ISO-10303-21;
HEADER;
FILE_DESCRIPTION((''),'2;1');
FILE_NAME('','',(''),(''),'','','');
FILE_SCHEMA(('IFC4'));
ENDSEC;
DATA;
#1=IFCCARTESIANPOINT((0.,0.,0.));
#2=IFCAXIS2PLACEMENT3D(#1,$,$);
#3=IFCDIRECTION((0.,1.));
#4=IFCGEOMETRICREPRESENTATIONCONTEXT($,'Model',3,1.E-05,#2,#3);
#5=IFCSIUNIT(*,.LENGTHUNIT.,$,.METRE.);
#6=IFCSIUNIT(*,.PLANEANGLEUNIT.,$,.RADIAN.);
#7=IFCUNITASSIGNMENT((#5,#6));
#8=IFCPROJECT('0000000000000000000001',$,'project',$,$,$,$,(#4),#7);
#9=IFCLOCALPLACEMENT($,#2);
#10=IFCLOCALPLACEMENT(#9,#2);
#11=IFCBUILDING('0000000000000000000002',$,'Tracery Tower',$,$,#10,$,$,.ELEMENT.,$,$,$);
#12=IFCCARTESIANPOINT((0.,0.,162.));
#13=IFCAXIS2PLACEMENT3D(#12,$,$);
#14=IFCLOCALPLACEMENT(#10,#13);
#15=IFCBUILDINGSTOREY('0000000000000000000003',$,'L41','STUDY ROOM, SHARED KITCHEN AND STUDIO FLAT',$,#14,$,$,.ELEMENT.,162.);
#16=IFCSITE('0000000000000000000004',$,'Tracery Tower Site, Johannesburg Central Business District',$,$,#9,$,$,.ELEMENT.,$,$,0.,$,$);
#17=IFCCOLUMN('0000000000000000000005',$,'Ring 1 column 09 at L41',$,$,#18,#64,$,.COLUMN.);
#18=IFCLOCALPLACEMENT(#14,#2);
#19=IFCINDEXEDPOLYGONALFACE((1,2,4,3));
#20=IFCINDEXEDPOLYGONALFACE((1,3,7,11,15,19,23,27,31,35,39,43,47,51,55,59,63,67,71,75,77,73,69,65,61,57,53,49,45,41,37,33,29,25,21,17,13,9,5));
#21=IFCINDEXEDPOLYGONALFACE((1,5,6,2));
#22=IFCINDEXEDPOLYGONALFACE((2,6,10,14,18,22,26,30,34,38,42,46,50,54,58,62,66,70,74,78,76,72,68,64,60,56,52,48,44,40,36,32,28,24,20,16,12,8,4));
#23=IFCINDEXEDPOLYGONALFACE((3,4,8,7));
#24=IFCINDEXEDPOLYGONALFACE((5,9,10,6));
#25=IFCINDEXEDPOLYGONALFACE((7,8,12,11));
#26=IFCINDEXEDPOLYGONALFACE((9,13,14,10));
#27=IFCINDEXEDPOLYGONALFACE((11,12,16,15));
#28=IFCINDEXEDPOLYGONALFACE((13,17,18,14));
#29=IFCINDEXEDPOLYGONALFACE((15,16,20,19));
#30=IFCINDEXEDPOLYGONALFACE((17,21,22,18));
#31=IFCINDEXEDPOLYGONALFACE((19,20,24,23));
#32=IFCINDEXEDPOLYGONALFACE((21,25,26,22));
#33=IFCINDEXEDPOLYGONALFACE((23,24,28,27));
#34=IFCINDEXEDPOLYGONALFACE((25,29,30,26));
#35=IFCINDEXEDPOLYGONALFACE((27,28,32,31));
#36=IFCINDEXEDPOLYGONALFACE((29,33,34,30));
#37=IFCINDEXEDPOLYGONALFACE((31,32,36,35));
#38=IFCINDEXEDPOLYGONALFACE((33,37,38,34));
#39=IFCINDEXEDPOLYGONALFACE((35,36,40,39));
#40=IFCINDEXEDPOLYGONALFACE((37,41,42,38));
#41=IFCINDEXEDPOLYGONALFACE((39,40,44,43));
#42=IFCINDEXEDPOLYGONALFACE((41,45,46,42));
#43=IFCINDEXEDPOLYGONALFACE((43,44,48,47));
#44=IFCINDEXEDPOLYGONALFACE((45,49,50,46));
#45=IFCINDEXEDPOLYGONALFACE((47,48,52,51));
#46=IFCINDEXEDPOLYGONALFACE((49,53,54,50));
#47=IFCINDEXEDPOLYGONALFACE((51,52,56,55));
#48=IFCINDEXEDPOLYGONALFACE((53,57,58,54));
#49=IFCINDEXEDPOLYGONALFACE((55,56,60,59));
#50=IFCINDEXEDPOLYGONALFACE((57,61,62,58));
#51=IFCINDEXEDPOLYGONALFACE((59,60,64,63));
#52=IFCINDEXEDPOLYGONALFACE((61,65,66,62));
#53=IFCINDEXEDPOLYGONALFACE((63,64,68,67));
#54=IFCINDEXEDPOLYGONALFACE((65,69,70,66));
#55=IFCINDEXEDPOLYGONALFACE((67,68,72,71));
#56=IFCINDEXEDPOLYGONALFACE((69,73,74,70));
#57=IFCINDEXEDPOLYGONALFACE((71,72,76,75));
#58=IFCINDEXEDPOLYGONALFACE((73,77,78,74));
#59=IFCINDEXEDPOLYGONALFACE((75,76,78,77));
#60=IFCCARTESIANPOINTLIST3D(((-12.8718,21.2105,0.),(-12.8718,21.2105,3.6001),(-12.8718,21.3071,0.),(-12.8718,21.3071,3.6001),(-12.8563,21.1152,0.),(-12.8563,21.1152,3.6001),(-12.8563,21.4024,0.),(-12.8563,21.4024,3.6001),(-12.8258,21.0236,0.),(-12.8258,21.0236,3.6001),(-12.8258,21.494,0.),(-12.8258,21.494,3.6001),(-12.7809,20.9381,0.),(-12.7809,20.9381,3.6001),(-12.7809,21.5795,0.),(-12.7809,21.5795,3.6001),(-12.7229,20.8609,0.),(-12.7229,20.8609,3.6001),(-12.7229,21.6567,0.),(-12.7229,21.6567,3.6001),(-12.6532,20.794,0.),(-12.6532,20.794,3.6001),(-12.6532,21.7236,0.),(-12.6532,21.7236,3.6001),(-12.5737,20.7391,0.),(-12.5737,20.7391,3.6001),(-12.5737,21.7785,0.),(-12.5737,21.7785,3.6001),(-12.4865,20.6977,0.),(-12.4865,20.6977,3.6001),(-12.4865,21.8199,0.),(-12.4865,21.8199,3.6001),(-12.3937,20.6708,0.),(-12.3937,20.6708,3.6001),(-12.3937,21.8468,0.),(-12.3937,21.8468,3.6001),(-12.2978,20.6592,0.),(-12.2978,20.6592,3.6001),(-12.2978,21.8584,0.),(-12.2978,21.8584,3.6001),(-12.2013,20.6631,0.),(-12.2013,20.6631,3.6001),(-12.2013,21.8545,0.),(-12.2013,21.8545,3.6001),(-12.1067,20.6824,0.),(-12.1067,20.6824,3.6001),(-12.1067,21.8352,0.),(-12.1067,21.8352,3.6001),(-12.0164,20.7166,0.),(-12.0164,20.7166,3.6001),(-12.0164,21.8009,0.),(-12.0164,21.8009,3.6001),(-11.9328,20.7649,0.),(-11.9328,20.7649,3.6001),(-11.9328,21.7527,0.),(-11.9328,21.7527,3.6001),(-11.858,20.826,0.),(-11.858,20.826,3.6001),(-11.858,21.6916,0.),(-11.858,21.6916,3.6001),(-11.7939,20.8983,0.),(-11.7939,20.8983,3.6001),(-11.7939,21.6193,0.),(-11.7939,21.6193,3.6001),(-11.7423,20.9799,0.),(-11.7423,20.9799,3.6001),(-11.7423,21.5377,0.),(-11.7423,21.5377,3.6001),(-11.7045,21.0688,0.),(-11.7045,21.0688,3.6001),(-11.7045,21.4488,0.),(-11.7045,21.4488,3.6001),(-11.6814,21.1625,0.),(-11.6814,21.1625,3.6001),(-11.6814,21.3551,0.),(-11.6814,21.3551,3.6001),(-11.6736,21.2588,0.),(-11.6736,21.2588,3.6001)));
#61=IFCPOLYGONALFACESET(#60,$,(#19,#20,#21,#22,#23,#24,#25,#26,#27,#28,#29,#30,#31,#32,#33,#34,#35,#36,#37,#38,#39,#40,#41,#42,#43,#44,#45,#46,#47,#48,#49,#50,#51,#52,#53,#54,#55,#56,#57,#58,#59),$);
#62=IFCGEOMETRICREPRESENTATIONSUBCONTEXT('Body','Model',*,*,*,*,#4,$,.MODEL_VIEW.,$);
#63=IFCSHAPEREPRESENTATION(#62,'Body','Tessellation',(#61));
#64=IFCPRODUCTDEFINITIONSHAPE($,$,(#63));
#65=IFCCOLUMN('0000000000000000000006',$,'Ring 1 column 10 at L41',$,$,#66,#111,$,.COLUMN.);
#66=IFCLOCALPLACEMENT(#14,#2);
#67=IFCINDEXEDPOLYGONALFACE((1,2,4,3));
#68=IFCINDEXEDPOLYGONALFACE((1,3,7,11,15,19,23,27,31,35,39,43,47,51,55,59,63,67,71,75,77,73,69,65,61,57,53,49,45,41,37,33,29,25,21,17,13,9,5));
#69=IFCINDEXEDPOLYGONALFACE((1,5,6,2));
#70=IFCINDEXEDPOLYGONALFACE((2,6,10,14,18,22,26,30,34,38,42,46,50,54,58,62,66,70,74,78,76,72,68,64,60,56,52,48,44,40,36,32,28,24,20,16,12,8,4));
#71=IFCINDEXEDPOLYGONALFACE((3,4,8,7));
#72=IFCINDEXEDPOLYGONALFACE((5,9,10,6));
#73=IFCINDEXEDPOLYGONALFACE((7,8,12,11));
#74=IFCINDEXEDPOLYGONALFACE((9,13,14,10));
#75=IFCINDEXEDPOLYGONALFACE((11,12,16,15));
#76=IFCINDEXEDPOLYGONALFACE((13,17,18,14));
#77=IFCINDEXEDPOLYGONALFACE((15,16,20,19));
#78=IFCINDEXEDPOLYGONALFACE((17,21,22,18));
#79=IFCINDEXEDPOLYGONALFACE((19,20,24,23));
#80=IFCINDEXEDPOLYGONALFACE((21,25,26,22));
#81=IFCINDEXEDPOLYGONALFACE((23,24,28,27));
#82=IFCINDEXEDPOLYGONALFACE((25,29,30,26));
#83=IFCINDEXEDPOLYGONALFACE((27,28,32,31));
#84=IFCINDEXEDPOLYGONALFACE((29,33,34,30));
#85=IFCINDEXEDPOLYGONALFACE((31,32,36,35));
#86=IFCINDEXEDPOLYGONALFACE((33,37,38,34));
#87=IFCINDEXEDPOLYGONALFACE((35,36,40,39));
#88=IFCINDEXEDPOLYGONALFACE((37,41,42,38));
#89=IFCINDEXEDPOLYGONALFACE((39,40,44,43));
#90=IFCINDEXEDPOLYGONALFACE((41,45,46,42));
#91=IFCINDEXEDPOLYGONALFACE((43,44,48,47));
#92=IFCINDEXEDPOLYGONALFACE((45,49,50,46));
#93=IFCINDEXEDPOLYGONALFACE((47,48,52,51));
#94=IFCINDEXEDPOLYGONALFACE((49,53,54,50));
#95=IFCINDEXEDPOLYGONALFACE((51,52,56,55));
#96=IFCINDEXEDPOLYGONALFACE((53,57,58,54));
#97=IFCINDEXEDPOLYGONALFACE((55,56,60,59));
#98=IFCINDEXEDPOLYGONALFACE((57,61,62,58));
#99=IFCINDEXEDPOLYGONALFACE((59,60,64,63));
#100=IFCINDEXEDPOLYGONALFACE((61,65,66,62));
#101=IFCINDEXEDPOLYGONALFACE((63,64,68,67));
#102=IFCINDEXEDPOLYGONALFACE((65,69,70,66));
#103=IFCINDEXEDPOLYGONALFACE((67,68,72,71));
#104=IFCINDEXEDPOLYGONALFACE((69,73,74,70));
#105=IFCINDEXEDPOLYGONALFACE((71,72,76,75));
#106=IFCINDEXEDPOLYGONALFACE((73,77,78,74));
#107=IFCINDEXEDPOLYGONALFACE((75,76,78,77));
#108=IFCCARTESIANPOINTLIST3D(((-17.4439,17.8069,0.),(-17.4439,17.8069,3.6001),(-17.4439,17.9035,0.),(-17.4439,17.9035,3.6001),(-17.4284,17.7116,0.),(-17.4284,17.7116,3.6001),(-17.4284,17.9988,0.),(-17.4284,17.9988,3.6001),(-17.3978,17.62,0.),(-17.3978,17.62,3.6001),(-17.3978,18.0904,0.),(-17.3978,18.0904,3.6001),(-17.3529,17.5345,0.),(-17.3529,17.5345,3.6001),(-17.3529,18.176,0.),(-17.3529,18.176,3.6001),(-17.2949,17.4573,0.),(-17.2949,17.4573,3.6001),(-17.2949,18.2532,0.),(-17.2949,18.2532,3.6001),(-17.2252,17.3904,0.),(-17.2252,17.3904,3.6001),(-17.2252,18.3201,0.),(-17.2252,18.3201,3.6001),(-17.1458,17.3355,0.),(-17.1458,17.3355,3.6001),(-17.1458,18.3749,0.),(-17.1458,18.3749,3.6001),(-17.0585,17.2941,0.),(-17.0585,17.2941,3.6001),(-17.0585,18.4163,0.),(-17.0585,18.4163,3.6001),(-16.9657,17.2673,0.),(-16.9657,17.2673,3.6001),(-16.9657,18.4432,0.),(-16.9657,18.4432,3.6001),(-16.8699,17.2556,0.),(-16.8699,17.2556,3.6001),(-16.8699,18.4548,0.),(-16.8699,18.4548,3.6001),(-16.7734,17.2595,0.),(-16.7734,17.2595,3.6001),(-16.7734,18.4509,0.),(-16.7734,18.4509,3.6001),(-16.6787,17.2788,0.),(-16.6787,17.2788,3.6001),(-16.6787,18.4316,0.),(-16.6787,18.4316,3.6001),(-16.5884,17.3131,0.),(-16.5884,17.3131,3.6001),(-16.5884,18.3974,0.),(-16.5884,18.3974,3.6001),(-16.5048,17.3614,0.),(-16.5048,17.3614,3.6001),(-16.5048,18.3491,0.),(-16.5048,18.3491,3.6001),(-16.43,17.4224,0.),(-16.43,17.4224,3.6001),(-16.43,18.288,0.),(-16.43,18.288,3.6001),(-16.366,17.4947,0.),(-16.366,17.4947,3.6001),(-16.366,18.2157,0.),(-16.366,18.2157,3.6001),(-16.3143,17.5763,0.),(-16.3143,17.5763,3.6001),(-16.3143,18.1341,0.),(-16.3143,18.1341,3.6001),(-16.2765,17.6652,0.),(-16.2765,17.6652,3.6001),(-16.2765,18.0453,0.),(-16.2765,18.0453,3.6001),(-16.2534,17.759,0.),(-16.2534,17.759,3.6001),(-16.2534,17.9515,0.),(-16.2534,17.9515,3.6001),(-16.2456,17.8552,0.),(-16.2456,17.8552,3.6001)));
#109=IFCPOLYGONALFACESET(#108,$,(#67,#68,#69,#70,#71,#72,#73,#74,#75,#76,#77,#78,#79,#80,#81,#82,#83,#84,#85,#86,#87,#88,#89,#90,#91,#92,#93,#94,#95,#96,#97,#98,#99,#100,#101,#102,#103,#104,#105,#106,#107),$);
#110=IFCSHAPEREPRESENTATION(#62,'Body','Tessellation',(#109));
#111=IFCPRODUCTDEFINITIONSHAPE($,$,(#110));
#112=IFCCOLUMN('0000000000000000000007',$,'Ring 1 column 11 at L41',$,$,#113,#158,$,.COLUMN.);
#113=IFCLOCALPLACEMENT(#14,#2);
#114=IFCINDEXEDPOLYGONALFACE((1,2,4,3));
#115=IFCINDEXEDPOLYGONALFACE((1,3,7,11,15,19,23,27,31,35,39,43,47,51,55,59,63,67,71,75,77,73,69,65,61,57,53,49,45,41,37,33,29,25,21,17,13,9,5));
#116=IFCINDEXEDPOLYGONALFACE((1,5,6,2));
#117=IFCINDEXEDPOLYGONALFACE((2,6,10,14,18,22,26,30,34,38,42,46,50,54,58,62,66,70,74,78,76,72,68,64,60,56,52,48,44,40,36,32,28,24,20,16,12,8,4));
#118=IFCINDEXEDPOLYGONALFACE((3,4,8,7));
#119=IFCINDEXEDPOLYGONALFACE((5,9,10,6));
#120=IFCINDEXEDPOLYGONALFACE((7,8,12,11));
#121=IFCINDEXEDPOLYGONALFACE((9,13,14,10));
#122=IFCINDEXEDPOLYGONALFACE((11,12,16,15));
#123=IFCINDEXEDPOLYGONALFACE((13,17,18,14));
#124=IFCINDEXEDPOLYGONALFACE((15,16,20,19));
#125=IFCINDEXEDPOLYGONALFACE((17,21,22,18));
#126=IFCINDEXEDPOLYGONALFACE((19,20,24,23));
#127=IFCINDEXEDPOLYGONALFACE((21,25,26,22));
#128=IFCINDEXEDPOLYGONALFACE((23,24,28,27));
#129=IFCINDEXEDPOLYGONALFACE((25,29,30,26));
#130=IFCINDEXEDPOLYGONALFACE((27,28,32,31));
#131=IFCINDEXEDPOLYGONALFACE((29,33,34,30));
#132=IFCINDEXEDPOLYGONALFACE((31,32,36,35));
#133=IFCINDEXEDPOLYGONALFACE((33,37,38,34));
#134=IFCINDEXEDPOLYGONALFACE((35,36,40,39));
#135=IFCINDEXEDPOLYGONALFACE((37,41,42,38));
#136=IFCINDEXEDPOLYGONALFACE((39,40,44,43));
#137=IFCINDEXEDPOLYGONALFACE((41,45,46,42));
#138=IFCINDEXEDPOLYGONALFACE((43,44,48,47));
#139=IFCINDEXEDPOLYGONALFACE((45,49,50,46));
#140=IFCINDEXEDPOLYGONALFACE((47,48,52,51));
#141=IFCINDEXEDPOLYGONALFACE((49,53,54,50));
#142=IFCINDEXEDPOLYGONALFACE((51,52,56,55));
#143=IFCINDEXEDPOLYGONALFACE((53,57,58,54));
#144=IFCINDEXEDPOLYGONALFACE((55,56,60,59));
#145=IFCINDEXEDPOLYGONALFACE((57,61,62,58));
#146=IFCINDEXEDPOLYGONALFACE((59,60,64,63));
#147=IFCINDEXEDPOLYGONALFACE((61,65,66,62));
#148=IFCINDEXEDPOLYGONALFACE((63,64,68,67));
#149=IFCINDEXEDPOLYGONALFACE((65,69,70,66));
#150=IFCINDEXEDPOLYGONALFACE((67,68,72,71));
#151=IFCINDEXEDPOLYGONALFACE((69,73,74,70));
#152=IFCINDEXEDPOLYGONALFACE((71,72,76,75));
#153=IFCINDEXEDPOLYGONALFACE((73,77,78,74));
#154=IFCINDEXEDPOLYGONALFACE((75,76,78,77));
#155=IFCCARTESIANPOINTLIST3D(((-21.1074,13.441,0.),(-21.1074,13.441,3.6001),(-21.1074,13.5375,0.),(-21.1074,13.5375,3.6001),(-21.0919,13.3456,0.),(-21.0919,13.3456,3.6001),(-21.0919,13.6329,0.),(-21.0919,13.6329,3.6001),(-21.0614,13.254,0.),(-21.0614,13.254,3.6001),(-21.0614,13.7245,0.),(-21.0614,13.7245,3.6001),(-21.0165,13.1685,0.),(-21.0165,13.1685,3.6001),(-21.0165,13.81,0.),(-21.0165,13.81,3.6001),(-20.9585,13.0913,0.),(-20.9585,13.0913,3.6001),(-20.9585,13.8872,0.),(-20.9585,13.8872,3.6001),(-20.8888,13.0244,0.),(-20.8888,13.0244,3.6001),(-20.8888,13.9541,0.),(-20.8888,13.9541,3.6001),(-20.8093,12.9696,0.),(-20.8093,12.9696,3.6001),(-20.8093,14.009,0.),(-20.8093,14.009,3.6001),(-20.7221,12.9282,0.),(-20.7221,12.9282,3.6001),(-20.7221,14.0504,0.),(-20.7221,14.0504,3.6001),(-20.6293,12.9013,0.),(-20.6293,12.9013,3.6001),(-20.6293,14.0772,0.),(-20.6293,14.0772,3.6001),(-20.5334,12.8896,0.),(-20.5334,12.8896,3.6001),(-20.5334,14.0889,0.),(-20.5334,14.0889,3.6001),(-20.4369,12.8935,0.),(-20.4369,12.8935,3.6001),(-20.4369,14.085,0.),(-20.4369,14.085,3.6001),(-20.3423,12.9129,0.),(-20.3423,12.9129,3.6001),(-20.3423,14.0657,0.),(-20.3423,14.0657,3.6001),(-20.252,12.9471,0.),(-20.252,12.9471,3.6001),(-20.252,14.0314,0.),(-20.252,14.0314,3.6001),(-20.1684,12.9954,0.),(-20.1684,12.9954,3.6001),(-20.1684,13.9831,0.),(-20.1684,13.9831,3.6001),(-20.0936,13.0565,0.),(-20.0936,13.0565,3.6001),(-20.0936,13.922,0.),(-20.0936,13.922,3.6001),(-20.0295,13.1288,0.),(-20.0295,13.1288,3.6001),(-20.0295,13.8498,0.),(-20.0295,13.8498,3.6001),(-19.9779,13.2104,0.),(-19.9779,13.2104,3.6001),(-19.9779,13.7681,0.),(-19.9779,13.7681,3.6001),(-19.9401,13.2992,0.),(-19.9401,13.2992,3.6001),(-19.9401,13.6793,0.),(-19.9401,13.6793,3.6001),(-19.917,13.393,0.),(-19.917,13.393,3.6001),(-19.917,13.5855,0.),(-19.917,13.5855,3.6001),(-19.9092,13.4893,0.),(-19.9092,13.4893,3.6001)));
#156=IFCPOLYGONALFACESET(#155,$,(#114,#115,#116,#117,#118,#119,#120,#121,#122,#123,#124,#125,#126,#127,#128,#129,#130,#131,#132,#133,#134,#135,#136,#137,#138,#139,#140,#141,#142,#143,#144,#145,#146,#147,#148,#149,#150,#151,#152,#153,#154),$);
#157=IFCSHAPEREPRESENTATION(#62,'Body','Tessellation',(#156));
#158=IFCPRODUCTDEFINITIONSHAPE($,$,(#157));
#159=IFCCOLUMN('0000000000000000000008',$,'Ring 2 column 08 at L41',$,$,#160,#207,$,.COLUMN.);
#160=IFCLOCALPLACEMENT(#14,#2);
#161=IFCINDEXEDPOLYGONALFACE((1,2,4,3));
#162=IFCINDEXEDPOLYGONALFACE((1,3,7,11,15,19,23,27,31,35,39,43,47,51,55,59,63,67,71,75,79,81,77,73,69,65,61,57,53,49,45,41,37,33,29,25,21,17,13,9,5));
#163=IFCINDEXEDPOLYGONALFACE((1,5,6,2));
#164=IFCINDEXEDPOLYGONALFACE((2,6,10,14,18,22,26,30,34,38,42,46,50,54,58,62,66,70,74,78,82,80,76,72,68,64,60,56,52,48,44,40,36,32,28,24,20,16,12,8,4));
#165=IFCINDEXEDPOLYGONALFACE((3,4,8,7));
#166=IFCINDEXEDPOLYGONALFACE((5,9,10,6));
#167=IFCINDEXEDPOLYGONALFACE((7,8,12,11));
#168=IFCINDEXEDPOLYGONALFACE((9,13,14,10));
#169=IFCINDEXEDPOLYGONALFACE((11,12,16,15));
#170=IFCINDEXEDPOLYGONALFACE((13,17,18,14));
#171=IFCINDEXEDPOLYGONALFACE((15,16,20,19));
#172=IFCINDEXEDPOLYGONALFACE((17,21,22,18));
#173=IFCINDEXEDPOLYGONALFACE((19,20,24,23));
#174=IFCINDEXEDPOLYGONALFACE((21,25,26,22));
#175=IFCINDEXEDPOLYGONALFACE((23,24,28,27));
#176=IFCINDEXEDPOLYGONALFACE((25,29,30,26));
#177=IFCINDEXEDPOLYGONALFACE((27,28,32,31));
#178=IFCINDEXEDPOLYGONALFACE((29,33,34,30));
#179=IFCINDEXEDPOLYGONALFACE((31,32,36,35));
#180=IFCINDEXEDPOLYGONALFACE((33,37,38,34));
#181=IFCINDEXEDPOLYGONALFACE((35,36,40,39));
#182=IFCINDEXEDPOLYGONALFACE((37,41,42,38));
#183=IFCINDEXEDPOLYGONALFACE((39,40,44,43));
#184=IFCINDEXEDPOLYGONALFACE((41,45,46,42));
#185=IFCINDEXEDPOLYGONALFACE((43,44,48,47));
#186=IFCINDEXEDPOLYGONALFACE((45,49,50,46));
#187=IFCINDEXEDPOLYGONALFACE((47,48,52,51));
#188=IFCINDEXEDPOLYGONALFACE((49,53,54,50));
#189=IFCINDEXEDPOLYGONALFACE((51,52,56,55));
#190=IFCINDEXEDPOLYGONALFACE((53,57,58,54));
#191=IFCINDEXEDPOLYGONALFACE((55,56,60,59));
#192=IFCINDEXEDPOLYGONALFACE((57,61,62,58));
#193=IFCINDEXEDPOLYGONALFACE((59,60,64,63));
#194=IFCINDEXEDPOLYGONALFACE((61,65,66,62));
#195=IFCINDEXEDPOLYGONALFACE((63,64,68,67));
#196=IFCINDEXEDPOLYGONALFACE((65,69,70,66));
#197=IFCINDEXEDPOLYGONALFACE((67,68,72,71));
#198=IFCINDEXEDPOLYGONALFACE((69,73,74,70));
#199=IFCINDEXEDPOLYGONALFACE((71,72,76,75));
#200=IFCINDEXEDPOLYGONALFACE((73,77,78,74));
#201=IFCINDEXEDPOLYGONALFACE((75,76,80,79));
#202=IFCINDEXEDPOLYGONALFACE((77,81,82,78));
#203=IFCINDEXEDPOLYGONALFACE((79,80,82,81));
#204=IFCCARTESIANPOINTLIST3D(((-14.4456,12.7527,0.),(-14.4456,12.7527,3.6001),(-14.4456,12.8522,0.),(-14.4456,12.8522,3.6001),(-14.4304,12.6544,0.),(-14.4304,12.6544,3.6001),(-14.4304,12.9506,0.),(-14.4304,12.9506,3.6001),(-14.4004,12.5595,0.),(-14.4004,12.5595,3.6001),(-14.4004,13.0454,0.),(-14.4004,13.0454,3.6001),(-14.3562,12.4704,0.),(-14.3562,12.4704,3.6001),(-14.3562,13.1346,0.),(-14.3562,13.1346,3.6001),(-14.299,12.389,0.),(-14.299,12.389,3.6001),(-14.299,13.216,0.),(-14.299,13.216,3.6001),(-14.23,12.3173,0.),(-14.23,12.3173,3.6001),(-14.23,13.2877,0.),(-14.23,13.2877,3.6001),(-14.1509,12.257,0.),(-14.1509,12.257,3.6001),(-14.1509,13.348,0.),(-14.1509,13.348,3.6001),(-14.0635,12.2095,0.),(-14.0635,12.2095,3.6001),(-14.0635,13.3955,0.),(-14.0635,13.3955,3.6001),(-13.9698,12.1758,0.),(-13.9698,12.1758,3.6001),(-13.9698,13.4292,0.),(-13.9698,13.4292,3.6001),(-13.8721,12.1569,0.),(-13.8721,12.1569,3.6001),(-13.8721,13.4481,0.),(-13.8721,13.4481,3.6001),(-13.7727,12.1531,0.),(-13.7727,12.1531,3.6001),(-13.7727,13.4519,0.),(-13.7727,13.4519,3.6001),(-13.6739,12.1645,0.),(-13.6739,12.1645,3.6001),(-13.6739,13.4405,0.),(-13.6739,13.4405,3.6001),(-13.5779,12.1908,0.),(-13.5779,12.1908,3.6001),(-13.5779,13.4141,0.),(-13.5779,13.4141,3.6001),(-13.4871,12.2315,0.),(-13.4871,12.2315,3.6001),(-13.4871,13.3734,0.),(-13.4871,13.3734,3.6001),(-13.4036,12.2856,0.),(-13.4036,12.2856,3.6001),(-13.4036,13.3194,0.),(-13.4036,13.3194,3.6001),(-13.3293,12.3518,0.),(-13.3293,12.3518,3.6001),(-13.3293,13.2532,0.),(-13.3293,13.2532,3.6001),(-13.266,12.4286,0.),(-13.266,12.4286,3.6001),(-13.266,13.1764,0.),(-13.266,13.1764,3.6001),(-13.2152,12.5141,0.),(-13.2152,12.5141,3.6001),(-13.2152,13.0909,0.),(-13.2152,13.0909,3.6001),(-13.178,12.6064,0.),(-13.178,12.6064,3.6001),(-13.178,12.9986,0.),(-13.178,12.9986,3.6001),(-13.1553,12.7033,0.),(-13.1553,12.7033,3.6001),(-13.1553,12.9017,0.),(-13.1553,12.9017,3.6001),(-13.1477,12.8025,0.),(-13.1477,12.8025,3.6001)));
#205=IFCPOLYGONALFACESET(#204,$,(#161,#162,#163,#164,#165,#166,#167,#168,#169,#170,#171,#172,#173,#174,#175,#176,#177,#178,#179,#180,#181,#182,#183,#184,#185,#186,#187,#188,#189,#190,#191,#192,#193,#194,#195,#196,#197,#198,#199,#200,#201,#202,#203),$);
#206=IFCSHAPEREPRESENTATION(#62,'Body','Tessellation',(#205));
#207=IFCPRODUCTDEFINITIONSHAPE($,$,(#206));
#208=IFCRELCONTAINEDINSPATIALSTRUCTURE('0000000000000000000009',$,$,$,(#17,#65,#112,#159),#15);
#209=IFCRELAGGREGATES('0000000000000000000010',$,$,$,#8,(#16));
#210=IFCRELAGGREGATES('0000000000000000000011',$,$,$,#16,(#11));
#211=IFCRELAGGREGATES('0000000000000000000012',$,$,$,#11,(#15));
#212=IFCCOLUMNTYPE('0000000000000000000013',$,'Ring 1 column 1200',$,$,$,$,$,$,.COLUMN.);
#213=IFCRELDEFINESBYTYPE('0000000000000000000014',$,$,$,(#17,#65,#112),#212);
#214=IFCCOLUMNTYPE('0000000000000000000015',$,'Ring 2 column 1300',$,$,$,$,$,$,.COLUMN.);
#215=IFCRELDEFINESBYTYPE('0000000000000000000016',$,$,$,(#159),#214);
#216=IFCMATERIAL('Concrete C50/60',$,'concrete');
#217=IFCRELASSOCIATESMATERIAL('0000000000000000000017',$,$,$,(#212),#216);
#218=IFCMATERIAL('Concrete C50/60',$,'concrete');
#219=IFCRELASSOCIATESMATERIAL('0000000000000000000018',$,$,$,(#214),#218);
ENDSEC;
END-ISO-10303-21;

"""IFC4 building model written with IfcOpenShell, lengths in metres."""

from ifc_helpers import new_model, si_unit, direction, frame, origin, origin_2d, place, context, subcontext, project, spatial, circle, extrude, material, material_profile, profile_set, type_object, element, save


model = new_model("IFC4")

# Units and contexts
model_context = context("Model", 3, precision=1e-05, world=origin(), true_north=direction((0.0, 1.0)))
body_context = subcontext(model_context, "Body", "Model", "MODEL_VIEW")
ifc_project = project(units=[si_unit("LENGTHUNIT", "METRE"), si_unit("PLANEANGLEUNIT", "RADIAN")], contexts=[model_context])

# Site, building, storey
site_placement = place(None, origin())
site = spatial("IfcSite", under=ifc_project, at=site_placement, Name="Tracery Tower Site, Johannesburg Central Business District", CompositionType="ELEMENT", RefElevation=0.0)
building_placement = place(site_placement, origin())
building = spatial("IfcBuilding", under=site, at=building_placement, Name="Tracery Tower", CompositionType="ELEMENT")
storey_placement = place(building_placement, frame((0.0, 0.0, 162.0)))
storey = spatial("IfcBuildingStorey", under=building, at=storey_placement, Name="L41", Description="STUDY ROOM, SHARED KITCHEN AND STUDIO FLAT", CompositionType="ELEMENT", Elevation=162.0)

# Columns
ifc_material_1 = material(Name="Concrete C50/60", Category="concrete")
ifc_material_profile_1 = material_profile(ifc_material_1, circle(Radius=0.6001, at=origin_2d()), Name="RC D1200")
ifc_profile_set_1 = profile_set([ifc_material_profile_1], Name="Concrete C50/60")
column_type_1 = type_object("IfcColumnType", Name="Ring 1 column 1200", PredefinedType="COLUMN", material=ifc_profile_set_1)
for number, where, z_axis, x_axis, name in (
    (1, (-12.2737, 21.2588, 0.0), (0.0, 0.0, 1.0), (1.0, 0.0, 0.0), "Ring 1 column 09 at L41"),
    (2, (-16.8457, 17.8552, 0.0), (0.0, 0.0, 1.0), (1.0, 0.0, 0.0), "Ring 1 column 10 at L41"),
    (3, (-20.5093, 13.4893, 0.0), (0.0, 0.0, 1.0), (1.0, 0.0, 0.0), "Ring 1 column 11 at L41"),
):
    element("IfcColumn", number, at=place(storey_placement, frame(where, z_axis=z_axis, x_axis=x_axis)), inside=storey, type_object=column_type_1, Name=name, PredefinedType="COLUMN", context=body_context, shape_type="SweptSolid", body=[
        extrude(circle(Radius=0.6001, at=origin_2d()), origin(), (0.0, 0.0, 1.0), 3.6001),
    ])
ifc_material_2 = material(Name="Concrete C50/60", Category="concrete")
ifc_material_profile_2 = material_profile(ifc_material_2, circle(Radius=0.6499, at=origin_2d()), Name="RC D1300")
ifc_profile_set_2 = profile_set([ifc_material_profile_2], Name="Concrete C50/60")
column_type_2 = type_object("IfcColumnType", Name="Ring 2 column 1300", PredefinedType="COLUMN", material=ifc_profile_set_2)
column_placement = place(storey_placement, frame((-13.7976, 12.8025, 0.0), z_axis=(0.0, 0.0, 1.0), x_axis=(1.0, 0.0, 0.0)))
element("IfcColumn", 4, at=column_placement, inside=storey, type_object=column_type_2, Name="Ring 2 column 08 at L41", PredefinedType="COLUMN", context=body_context, shape_type="SweptSolid", body=[
    extrude(circle(Radius=0.6499, at=origin_2d()), origin(), (0.0, 0.0, 1.0), 3.6001),
])

save(model, "model.ifc")
